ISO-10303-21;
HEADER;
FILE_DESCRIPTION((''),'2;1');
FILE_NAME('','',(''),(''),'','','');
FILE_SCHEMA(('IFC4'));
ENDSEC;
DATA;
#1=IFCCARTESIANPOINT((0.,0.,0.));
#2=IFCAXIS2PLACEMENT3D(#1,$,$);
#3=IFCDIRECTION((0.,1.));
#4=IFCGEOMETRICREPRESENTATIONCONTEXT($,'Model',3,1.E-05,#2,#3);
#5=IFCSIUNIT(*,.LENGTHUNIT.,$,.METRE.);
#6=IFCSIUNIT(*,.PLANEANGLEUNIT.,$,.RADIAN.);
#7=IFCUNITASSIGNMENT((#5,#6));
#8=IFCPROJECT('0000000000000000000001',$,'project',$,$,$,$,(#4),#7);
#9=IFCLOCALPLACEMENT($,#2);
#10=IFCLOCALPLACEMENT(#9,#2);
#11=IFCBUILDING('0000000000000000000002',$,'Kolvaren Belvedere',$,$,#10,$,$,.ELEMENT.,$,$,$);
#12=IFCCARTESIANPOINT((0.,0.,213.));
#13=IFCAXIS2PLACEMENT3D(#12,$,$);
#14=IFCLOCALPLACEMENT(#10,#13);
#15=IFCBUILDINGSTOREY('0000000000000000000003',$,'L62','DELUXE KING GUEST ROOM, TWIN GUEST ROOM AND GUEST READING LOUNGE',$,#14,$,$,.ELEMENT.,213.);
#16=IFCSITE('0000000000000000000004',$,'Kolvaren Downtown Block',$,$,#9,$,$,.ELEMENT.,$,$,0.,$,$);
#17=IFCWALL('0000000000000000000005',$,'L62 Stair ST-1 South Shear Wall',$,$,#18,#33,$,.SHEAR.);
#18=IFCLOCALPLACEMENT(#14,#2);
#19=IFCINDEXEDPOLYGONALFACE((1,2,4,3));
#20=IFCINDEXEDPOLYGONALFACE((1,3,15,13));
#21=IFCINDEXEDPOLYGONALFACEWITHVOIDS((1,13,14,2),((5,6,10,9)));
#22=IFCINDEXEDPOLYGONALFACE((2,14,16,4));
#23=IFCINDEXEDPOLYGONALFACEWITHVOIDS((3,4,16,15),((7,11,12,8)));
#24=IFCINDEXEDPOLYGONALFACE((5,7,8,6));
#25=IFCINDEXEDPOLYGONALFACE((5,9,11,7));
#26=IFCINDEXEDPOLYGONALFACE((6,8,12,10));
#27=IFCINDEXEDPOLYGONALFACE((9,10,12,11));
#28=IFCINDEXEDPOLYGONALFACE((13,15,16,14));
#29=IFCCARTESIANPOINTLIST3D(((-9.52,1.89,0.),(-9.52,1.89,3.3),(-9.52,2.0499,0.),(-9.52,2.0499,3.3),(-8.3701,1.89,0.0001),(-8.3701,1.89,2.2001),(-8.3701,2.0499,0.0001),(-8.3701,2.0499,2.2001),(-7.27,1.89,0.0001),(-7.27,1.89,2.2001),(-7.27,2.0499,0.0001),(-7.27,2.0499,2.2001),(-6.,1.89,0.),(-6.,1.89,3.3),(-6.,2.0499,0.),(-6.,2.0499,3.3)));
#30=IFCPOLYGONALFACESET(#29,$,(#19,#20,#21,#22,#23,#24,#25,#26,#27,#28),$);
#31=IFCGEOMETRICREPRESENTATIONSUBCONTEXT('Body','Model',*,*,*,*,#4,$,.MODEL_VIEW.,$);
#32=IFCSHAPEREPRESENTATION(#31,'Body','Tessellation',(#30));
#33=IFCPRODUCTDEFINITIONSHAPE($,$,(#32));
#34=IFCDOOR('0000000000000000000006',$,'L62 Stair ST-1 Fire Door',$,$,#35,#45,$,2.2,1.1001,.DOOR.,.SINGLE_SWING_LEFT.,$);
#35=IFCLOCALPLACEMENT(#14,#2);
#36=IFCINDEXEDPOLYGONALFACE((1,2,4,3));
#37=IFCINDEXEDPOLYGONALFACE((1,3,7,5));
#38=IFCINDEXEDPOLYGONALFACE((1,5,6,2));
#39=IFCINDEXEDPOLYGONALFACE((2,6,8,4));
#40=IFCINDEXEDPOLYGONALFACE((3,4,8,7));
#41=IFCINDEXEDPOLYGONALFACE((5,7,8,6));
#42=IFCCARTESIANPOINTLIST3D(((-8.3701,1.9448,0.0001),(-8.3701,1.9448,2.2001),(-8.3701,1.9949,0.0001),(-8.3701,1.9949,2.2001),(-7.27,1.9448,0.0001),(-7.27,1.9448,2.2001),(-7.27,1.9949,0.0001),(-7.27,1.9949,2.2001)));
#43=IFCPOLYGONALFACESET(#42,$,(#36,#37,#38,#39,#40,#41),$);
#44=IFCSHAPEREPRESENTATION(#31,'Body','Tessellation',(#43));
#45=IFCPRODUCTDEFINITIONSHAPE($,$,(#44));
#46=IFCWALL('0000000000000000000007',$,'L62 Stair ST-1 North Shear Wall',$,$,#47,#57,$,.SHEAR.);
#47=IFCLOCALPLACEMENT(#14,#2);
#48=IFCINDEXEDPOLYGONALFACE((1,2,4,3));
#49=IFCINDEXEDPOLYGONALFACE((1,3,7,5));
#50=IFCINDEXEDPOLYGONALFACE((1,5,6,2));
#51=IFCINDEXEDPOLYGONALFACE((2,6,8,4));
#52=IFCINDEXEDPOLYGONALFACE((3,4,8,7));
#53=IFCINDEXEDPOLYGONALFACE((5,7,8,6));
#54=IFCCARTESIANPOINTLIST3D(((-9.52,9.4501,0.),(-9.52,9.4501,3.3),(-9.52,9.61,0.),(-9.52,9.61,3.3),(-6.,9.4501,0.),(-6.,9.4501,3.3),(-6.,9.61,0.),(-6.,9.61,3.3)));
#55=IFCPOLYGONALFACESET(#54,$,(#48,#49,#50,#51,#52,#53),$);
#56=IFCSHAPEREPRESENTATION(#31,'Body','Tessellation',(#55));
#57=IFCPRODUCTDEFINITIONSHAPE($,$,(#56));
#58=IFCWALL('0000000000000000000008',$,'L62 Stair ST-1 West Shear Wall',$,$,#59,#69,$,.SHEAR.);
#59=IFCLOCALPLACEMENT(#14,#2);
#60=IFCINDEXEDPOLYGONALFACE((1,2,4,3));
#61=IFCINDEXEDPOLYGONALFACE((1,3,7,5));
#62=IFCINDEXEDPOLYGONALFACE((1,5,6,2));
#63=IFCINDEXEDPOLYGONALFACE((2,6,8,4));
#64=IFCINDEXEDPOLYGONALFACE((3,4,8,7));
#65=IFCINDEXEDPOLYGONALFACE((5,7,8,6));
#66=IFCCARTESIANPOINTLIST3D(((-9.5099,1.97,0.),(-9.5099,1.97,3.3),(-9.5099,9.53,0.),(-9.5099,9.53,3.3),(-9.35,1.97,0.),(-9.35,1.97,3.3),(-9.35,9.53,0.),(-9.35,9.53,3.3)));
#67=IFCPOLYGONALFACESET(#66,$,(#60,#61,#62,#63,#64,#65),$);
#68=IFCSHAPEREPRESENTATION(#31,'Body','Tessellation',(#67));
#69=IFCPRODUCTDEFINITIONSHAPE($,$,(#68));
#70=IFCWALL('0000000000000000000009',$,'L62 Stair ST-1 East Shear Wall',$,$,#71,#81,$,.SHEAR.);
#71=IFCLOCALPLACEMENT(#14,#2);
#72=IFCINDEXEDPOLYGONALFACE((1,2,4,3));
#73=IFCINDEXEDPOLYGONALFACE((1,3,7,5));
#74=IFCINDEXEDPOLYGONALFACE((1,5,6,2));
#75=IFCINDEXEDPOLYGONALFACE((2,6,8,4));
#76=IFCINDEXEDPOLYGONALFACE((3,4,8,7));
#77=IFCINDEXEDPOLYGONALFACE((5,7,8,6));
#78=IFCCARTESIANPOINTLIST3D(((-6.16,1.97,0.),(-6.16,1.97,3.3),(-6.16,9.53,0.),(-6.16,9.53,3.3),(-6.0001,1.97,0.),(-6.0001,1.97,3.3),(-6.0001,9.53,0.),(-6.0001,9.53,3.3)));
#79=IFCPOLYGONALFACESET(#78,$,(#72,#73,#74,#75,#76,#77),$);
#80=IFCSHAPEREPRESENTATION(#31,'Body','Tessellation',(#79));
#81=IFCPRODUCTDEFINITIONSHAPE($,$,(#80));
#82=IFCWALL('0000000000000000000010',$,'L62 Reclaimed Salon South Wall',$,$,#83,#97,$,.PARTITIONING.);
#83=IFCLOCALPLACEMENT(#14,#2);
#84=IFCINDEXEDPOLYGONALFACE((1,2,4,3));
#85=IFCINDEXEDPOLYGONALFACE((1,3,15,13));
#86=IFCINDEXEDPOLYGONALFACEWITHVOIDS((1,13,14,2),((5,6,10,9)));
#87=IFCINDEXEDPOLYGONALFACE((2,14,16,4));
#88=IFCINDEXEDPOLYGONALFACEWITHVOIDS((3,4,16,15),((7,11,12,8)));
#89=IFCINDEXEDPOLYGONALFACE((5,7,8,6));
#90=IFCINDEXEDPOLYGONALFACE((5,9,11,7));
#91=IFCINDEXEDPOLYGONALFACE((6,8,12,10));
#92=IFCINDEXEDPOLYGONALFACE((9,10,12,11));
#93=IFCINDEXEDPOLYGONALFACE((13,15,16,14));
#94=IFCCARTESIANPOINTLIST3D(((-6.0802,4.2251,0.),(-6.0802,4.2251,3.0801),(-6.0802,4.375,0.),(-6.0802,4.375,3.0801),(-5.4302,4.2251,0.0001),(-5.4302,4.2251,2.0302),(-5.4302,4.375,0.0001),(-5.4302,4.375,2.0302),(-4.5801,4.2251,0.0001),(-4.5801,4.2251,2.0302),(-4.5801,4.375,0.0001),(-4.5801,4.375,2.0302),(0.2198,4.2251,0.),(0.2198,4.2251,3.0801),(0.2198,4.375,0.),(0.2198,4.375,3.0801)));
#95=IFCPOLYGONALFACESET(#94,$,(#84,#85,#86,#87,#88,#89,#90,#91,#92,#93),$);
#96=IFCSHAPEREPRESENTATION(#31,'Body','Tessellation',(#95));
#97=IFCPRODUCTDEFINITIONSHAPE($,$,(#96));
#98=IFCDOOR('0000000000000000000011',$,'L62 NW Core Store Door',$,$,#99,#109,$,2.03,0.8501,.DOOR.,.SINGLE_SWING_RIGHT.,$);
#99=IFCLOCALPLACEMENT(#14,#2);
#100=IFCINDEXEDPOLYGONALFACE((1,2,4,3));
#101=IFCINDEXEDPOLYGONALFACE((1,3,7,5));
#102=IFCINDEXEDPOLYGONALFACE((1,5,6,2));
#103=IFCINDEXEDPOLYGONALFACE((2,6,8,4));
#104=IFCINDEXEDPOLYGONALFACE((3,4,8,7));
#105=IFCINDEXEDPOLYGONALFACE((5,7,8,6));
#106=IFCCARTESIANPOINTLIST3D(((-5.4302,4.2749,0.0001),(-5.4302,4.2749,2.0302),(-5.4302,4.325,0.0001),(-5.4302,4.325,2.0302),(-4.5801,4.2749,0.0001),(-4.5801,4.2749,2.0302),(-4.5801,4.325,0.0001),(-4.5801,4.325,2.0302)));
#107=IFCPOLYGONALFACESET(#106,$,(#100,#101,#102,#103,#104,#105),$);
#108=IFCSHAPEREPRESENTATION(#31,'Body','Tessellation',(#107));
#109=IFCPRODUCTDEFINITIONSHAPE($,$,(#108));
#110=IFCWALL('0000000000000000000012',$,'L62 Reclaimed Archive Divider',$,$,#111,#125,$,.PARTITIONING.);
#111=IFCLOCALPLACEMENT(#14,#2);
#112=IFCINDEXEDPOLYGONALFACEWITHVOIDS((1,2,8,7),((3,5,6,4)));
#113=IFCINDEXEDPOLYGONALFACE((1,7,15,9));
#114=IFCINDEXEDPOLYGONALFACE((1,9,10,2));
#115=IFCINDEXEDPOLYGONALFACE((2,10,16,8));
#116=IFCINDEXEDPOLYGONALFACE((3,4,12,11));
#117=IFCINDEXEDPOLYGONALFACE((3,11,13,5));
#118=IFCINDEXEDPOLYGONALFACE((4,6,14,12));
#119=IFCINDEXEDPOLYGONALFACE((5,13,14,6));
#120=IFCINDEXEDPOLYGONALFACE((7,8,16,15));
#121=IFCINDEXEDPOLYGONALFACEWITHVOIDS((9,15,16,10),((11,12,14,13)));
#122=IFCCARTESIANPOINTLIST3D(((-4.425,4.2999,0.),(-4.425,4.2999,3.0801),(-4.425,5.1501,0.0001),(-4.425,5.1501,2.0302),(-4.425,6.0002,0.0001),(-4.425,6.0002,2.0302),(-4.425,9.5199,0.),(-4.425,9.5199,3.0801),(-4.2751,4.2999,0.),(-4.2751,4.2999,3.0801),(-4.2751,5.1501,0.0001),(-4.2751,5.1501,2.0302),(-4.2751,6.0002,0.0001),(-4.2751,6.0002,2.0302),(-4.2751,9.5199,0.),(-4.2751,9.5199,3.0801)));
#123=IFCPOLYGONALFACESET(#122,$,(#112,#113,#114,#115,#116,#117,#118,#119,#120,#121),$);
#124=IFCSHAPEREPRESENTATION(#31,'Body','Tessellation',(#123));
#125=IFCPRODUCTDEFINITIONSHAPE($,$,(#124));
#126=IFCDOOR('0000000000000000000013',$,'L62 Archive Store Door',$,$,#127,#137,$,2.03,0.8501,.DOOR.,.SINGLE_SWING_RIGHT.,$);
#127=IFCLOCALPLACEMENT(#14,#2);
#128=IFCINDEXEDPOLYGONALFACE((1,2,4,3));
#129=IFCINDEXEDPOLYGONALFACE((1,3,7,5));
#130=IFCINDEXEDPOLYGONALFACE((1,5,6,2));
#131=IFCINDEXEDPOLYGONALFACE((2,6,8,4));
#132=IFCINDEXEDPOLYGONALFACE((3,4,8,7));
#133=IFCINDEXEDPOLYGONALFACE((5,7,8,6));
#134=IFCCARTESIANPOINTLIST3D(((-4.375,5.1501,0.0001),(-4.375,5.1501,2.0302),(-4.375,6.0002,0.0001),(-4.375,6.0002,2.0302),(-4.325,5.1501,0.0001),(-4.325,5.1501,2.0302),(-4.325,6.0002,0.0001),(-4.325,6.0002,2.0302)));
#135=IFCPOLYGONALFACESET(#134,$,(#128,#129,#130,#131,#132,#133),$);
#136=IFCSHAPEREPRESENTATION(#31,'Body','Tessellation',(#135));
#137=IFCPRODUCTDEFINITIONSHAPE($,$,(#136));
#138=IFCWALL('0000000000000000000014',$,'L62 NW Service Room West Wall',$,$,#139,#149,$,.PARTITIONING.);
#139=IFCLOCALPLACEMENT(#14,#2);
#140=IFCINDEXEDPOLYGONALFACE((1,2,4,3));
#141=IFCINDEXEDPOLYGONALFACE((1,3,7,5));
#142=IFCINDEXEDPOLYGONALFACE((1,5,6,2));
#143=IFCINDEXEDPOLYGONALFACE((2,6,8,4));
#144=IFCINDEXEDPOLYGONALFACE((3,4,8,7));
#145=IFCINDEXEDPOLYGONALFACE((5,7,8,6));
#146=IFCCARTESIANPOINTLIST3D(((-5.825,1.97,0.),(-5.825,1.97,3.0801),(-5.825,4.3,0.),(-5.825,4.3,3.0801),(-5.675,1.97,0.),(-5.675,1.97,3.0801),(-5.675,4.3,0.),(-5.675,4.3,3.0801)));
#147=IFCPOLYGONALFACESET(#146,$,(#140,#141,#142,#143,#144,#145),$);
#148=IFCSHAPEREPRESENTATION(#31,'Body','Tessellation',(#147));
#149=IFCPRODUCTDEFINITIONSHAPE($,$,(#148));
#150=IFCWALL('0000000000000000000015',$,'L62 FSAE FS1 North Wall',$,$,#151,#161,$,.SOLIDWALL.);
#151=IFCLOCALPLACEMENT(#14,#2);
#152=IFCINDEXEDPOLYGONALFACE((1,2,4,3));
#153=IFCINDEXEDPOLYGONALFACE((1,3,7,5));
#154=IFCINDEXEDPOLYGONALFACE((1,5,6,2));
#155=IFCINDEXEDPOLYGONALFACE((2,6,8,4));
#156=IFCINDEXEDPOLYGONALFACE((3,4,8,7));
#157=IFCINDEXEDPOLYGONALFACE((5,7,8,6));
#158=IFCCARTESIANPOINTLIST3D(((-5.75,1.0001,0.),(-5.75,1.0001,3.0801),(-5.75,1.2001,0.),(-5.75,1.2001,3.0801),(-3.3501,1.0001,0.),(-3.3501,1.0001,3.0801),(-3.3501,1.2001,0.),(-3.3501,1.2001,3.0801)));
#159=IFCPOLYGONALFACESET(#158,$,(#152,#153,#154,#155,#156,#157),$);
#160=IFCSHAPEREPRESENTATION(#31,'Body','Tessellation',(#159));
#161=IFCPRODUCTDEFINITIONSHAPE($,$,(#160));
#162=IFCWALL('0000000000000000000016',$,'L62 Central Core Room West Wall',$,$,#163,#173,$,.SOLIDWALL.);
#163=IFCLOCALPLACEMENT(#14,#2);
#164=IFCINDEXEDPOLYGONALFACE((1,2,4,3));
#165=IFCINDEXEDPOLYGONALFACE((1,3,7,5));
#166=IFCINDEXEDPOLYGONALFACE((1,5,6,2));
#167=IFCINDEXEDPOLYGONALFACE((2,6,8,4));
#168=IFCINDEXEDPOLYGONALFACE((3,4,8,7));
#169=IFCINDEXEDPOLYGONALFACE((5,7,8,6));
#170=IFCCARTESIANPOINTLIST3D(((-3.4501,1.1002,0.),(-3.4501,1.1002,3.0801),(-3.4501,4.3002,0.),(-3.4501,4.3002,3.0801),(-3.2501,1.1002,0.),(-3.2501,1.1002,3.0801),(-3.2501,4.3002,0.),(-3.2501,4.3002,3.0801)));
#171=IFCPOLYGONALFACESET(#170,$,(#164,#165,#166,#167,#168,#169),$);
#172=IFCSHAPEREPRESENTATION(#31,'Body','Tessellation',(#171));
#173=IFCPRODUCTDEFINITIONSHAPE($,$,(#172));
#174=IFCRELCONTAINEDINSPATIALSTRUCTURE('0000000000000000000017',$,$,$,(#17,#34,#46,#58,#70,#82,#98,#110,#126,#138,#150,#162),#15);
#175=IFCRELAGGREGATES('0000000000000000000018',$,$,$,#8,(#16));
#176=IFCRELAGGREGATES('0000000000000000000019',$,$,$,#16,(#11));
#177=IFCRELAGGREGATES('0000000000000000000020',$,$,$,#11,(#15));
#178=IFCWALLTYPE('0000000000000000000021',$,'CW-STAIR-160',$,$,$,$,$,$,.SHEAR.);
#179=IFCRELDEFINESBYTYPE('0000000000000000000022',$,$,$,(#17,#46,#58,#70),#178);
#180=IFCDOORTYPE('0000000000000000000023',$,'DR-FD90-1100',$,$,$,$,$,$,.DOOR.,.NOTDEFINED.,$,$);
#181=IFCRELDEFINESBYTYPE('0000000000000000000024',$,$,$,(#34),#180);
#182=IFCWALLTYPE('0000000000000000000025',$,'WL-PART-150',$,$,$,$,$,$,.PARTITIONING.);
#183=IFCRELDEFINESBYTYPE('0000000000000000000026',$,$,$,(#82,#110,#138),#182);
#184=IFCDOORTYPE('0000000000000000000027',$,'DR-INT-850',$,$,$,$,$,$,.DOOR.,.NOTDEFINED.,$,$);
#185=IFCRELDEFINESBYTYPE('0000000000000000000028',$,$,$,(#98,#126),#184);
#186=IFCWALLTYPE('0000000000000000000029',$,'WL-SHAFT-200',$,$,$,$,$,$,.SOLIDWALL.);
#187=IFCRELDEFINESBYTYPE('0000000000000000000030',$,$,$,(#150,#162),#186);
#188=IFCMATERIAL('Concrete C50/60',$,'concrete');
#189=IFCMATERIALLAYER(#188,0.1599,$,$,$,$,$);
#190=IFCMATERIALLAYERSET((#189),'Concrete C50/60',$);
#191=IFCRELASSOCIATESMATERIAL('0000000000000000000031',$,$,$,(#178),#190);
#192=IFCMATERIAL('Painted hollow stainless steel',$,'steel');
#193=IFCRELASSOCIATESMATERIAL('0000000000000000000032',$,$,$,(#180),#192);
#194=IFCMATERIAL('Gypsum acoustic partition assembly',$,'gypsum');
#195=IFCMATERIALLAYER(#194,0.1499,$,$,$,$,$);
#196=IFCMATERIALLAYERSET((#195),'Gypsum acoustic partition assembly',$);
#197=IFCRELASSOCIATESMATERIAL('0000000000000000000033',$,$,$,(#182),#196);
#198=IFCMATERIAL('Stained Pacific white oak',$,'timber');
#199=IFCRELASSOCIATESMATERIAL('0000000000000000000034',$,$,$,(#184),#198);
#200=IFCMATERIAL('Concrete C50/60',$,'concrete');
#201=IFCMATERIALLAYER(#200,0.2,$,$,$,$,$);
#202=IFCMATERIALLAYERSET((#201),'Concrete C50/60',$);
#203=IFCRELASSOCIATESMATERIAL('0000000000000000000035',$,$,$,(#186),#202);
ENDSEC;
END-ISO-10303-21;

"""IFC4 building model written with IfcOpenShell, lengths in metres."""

from ifc_helpers import new_model, si_unit, direction, frame, frame_2d, origin, place, context, subcontext, project, spatial, rectangle, extrude, material, layer, layer_set, type_object, element, fill, save


model = new_model("IFC4")

# Units and contexts
model_context = context("Model", 3, precision=1e-05, world=origin(), true_north=direction((0.0, 1.0)))
body_context = subcontext(model_context, "Body", "Model", "MODEL_VIEW")
ifc_project = project(units=[si_unit("LENGTHUNIT", "METRE"), si_unit("PLANEANGLEUNIT", "RADIAN")], contexts=[model_context])

# Site, building, storey
site_placement = place(None, origin())
site = spatial("IfcSite", under=ifc_project, at=site_placement, Name="Kolvaren Downtown Block", CompositionType="ELEMENT", RefElevation=0.0)
building_placement = place(site_placement, origin())
building = spatial("IfcBuilding", under=site, at=building_placement, Name="Kolvaren Belvedere", CompositionType="ELEMENT")
storey_placement = place(building_placement, frame((0.0, 0.0, 213.0)))
storey = spatial("IfcBuildingStorey", under=building, at=storey_placement, Name="L62", Description="DELUXE KING GUEST ROOM, TWIN GUEST ROOM AND GUEST READING LOUNGE", CompositionType="ELEMENT", Elevation=213.0)

# Wall, opening, door
ifc_material_1 = material(Name="Concrete C50/60", Category="concrete")
ifc_layer_1 = layer(ifc_material_1, 0.1599)
ifc_layer_set_1 = layer_set([ifc_layer_1], Name="Concrete C50/60")
wall_type_1 = type_object("IfcWallType", Name="CW-STAIR-160", PredefinedType="SHEAR", material=ifc_layer_set_1)
wall_1_placement = place(storey_placement, frame((-9.52, 1.97, 0.0), z_axis=(0.0, 0.0, 1.0), x_axis=(1.0, 0.0, 0.0)))
wall_1 = element("IfcWall", 1, at=wall_1_placement, inside=storey, type_object=wall_type_1, Name="L62 Stair ST-1 South Shear Wall", PredefinedType="SHEAR", context=body_context, shape_type="SweptSolid", body=[
    extrude(rectangle(XDim=3.52, YDim=0.1599, at=frame_2d((1.76, 0.0))), origin(), (0.0, 0.0, 1.0), 3.3),
])
opening_1_placement = place(wall_1_placement, frame((1.1499, 0.0, 0.0)))
opening_1 = element("IfcOpeningElement", 2, at=opening_1_placement, cuts=wall_1, PredefinedType="OPENING", context=body_context, shape_type="SweptSolid", body=[
    extrude(rectangle(XDim=1.1001, YDim=2.2, at=frame_2d((0.55, 1.1001))), frame((0.0, 0.0898, 0.0), z_axis=(0.0, -1.0, 0.0), x_axis=(1.0, 0.0, 0.0)), (0.0, 0.0, 1.0), 0.1799),
])
ifc_material_2 = material(Name="Painted hollow stainless steel", Category="steel")
door_type_1 = type_object("IfcDoorType", Name="DR-FD90-1100", OperationType="NOTDEFINED", PredefinedType="DOOR", material=ifc_material_2)
door_1_placement = place(opening_1_placement, origin())
door_1 = element("IfcDoor", 3, at=door_1_placement, inside=storey, type_object=door_type_1, Name="L62 Stair ST-1 Fire Door", OperationType="SINGLE_SWING_LEFT", OverallHeight=2.2, OverallWidth=1.1001, PredefinedType="DOOR", context=body_context, shape_type="SweptSolid", body=[
    extrude(rectangle(XDim=1.1001, YDim=2.2, at=frame_2d((0.55, 1.1001))), frame((0.0, 0.0249, 0.0), z_axis=(0.0, -1.0, 0.0), x_axis=(1.0, 0.0, 0.0)), (0.0, 0.0, 1.0), 0.05),
])
fill(opening_1, door_1)

# Walls
wall_2_placement = place(storey_placement, frame((-9.52, 9.53, 0.0), z_axis=(0.0, 0.0, 1.0), x_axis=(1.0, 0.0, 0.0)))
element("IfcWall", 4, at=wall_2_placement, inside=storey, type_object=wall_type_1, Name="L62 Stair ST-1 North Shear Wall", PredefinedType="SHEAR", context=body_context, shape_type="SweptSolid", body=[
    extrude(rectangle(XDim=3.52, YDim=0.1599, at=frame_2d((1.76, 0.0))), origin(), (0.0, 0.0, 1.0), 3.3),
])
for number, where, z_axis, x_axis, name in (
    (5, (-9.4299, 1.97, 0.0), (0.0, 0.0, 1.0), (0.0, 1.0, 0.0), "L62 Stair ST-1 West Shear Wall"),
    (6, (-6.0801, 1.97, 0.0), (0.0, 0.0, 1.0), (0.0, 1.0, 0.0), "L62 Stair ST-1 East Shear Wall"),
):
    element("IfcWall", number, at=place(storey_placement, frame(where, z_axis=z_axis, x_axis=x_axis)), inside=storey, type_object=wall_type_1, Name=name, PredefinedType="SHEAR", context=body_context, shape_type="SweptSolid", body=[
        extrude(rectangle(XDim=7.5601, YDim=0.1599, at=frame_2d((3.78, 0.0))), origin(), (0.0, 0.0, 1.0), 3.3),
    ])

# Walls, openings, doors
ifc_material_3 = material(Name="Gypsum acoustic partition assembly", Category="gypsum")
ifc_layer_2 = layer(ifc_material_3, 0.1499)
ifc_layer_set_2 = layer_set([ifc_layer_2], Name="Gypsum acoustic partition assembly")
wall_type_2 = type_object("IfcWallType", Name="WL-PART-150", PredefinedType="PARTITIONING", material=ifc_layer_set_2)
wall_3_placement = place(storey_placement, frame((-6.0801, 4.3, 0.0), z_axis=(0.0, 0.0, 1.0), x_axis=(1.0, 0.0, 0.0)))
wall_3 = element("IfcWall", 7, at=wall_3_placement, inside=storey, type_object=wall_type_2, Name="L62 Reclaimed Salon South Wall", PredefinedType="PARTITIONING", context=body_context, shape_type="SweptSolid", body=[
    extrude(rectangle(XDim=6.3, YDim=0.1499, at=frame_2d((3.1499, 0.0))), origin(), (0.0, 0.0, 1.0), 3.0801),
])
opening_2_placement = place(wall_3_placement, frame((0.6499, 0.0, 0.0)))
opening_2 = element("IfcOpeningElement", 8, at=opening_2_placement, cuts=wall_3, PredefinedType="OPENING", context=body_context, shape_type="SweptSolid", body=[
    extrude(rectangle(XDim=0.8501, YDim=2.03, at=frame_2d((0.425, 1.0151))), frame((0.0, 0.085, 0.0), z_axis=(0.0, -1.0, 0.0), x_axis=(1.0, 0.0, 0.0)), (0.0, 0.0, 1.0), 0.1699),
])
ifc_material_4 = material(Name="Stained Pacific white oak", Category="timber")
door_type_2 = type_object("IfcDoorType", Name="DR-INT-850", OperationType="NOTDEFINED", PredefinedType="DOOR", material=ifc_material_4)
door_2_placement = place(opening_2_placement, origin())
door_2 = element("IfcDoor", 9, at=door_2_placement, inside=storey, type_object=door_type_2, Name="L62 NW Core Store Door", OperationType="SINGLE_SWING_RIGHT", OverallHeight=2.03, OverallWidth=0.8501, PredefinedType="DOOR", context=body_context, shape_type="SweptSolid", body=[
    extrude(rectangle(XDim=0.8501, YDim=2.03, at=frame_2d((0.425, 1.0151))), frame((0.0, 0.0249, 0.0), z_axis=(0.0, -1.0, 0.0), x_axis=(1.0, 0.0, 0.0)), (0.0, 0.0, 1.0), 0.05),
])
fill(opening_2, door_2)
wall_4_placement = place(storey_placement, frame((-4.3501, 4.3, 0.0), z_axis=(0.0, 0.0, 1.0), x_axis=(0.0, 1.0, 0.0)))
wall_4 = element("IfcWall", 10, at=wall_4_placement, inside=storey, type_object=wall_type_2, Name="L62 Reclaimed Archive Divider", PredefinedType="PARTITIONING", context=body_context, shape_type="SweptSolid", body=[
    extrude(rectangle(XDim=5.22, YDim=0.1499, at=frame_2d((2.6099, 0.0))), origin(), (0.0, 0.0, 1.0), 3.0801),
])
opening_3_placement = place(wall_4_placement, frame((0.8501, 0.0, 0.0)))
opening_3 = element("IfcOpeningElement", 11, at=opening_3_placement, cuts=wall_4, PredefinedType="OPENING", context=body_context, shape_type="SweptSolid", body=[
    extrude(rectangle(XDim=0.8501, YDim=2.03, at=frame_2d((0.425, 1.0151))), frame((0.0, 0.085, 0.0), z_axis=(0.0, -1.0, 0.0), x_axis=(1.0, 0.0, 0.0)), (0.0, 0.0, 1.0), 0.1699),
])
door_3_placement = place(opening_3_placement, origin())
door_3 = element("IfcDoor", 12, at=door_3_placement, inside=storey, type_object=door_type_2, Name="L62 Archive Store Door", OperationType="SINGLE_SWING_RIGHT", OverallHeight=2.03, OverallWidth=0.8501, PredefinedType="DOOR", context=body_context, shape_type="SweptSolid", body=[
    extrude(rectangle(XDim=0.8501, YDim=2.03, at=frame_2d((0.425, 1.0151))), frame((0.0, 0.0249, 0.0), z_axis=(0.0, -1.0, 0.0), x_axis=(1.0, 0.0, 0.0)), (0.0, 0.0, 1.0), 0.05),
])
fill(opening_3, door_3)

# Walls
wall_5_placement = place(storey_placement, frame((-5.75, 1.97, 0.0), z_axis=(0.0, 0.0, 1.0), x_axis=(0.0, 1.0, 0.0)))
element("IfcWall", 13, at=wall_5_placement, inside=storey, type_object=wall_type_2, Name="L62 NW Service Room West Wall", PredefinedType="PARTITIONING", context=body_context, shape_type="SweptSolid", body=[
    extrude(rectangle(XDim=2.3301, YDim=0.1499, at=frame_2d((1.165, 0.0))), origin(), (0.0, 0.0, 1.0), 3.0801),
])
ifc_material_5 = material(Name="Concrete C50/60", Category="concrete")
ifc_layer_3 = layer(ifc_material_5, 0.2)
ifc_layer_set_3 = layer_set([ifc_layer_3], Name="Concrete C50/60")
wall_type_3 = type_object("IfcWallType", Name="WL-SHAFT-200", PredefinedType="SOLIDWALL", material=ifc_layer_set_3)
wall_6_placement = place(storey_placement, frame((-5.75, 1.1001, 0.0), z_axis=(0.0, 0.0, 1.0), x_axis=(1.0, 0.0, 0.0)))
element("IfcWall", 14, at=wall_6_placement, inside=storey, type_object=wall_type_3, Name="L62 FSAE FS1 North Wall", PredefinedType="SOLIDWALL", context=body_context, shape_type="SweptSolid", body=[
    extrude(rectangle(XDim=2.3999, YDim=0.2, at=frame_2d((1.2, 0.0))), origin(), (0.0, 0.0, 1.0), 3.0801),
])
wall_7_placement = place(storey_placement, frame((-3.3501, 1.1001, 0.0), z_axis=(0.0, 0.0, 1.0), x_axis=(0.0, 1.0, 0.0)))
element("IfcWall", 15, at=wall_7_placement, inside=storey, type_object=wall_type_3, Name="L62 Central Core Room West Wall", PredefinedType="SOLIDWALL", context=body_context, shape_type="SweptSolid", body=[
    extrude(rectangle(XDim=3.2, YDim=0.2, at=frame_2d((1.6001, 0.0))), origin(), (0.0, 0.0, 1.0), 3.0801),
])

save(model, "model.ifc")
